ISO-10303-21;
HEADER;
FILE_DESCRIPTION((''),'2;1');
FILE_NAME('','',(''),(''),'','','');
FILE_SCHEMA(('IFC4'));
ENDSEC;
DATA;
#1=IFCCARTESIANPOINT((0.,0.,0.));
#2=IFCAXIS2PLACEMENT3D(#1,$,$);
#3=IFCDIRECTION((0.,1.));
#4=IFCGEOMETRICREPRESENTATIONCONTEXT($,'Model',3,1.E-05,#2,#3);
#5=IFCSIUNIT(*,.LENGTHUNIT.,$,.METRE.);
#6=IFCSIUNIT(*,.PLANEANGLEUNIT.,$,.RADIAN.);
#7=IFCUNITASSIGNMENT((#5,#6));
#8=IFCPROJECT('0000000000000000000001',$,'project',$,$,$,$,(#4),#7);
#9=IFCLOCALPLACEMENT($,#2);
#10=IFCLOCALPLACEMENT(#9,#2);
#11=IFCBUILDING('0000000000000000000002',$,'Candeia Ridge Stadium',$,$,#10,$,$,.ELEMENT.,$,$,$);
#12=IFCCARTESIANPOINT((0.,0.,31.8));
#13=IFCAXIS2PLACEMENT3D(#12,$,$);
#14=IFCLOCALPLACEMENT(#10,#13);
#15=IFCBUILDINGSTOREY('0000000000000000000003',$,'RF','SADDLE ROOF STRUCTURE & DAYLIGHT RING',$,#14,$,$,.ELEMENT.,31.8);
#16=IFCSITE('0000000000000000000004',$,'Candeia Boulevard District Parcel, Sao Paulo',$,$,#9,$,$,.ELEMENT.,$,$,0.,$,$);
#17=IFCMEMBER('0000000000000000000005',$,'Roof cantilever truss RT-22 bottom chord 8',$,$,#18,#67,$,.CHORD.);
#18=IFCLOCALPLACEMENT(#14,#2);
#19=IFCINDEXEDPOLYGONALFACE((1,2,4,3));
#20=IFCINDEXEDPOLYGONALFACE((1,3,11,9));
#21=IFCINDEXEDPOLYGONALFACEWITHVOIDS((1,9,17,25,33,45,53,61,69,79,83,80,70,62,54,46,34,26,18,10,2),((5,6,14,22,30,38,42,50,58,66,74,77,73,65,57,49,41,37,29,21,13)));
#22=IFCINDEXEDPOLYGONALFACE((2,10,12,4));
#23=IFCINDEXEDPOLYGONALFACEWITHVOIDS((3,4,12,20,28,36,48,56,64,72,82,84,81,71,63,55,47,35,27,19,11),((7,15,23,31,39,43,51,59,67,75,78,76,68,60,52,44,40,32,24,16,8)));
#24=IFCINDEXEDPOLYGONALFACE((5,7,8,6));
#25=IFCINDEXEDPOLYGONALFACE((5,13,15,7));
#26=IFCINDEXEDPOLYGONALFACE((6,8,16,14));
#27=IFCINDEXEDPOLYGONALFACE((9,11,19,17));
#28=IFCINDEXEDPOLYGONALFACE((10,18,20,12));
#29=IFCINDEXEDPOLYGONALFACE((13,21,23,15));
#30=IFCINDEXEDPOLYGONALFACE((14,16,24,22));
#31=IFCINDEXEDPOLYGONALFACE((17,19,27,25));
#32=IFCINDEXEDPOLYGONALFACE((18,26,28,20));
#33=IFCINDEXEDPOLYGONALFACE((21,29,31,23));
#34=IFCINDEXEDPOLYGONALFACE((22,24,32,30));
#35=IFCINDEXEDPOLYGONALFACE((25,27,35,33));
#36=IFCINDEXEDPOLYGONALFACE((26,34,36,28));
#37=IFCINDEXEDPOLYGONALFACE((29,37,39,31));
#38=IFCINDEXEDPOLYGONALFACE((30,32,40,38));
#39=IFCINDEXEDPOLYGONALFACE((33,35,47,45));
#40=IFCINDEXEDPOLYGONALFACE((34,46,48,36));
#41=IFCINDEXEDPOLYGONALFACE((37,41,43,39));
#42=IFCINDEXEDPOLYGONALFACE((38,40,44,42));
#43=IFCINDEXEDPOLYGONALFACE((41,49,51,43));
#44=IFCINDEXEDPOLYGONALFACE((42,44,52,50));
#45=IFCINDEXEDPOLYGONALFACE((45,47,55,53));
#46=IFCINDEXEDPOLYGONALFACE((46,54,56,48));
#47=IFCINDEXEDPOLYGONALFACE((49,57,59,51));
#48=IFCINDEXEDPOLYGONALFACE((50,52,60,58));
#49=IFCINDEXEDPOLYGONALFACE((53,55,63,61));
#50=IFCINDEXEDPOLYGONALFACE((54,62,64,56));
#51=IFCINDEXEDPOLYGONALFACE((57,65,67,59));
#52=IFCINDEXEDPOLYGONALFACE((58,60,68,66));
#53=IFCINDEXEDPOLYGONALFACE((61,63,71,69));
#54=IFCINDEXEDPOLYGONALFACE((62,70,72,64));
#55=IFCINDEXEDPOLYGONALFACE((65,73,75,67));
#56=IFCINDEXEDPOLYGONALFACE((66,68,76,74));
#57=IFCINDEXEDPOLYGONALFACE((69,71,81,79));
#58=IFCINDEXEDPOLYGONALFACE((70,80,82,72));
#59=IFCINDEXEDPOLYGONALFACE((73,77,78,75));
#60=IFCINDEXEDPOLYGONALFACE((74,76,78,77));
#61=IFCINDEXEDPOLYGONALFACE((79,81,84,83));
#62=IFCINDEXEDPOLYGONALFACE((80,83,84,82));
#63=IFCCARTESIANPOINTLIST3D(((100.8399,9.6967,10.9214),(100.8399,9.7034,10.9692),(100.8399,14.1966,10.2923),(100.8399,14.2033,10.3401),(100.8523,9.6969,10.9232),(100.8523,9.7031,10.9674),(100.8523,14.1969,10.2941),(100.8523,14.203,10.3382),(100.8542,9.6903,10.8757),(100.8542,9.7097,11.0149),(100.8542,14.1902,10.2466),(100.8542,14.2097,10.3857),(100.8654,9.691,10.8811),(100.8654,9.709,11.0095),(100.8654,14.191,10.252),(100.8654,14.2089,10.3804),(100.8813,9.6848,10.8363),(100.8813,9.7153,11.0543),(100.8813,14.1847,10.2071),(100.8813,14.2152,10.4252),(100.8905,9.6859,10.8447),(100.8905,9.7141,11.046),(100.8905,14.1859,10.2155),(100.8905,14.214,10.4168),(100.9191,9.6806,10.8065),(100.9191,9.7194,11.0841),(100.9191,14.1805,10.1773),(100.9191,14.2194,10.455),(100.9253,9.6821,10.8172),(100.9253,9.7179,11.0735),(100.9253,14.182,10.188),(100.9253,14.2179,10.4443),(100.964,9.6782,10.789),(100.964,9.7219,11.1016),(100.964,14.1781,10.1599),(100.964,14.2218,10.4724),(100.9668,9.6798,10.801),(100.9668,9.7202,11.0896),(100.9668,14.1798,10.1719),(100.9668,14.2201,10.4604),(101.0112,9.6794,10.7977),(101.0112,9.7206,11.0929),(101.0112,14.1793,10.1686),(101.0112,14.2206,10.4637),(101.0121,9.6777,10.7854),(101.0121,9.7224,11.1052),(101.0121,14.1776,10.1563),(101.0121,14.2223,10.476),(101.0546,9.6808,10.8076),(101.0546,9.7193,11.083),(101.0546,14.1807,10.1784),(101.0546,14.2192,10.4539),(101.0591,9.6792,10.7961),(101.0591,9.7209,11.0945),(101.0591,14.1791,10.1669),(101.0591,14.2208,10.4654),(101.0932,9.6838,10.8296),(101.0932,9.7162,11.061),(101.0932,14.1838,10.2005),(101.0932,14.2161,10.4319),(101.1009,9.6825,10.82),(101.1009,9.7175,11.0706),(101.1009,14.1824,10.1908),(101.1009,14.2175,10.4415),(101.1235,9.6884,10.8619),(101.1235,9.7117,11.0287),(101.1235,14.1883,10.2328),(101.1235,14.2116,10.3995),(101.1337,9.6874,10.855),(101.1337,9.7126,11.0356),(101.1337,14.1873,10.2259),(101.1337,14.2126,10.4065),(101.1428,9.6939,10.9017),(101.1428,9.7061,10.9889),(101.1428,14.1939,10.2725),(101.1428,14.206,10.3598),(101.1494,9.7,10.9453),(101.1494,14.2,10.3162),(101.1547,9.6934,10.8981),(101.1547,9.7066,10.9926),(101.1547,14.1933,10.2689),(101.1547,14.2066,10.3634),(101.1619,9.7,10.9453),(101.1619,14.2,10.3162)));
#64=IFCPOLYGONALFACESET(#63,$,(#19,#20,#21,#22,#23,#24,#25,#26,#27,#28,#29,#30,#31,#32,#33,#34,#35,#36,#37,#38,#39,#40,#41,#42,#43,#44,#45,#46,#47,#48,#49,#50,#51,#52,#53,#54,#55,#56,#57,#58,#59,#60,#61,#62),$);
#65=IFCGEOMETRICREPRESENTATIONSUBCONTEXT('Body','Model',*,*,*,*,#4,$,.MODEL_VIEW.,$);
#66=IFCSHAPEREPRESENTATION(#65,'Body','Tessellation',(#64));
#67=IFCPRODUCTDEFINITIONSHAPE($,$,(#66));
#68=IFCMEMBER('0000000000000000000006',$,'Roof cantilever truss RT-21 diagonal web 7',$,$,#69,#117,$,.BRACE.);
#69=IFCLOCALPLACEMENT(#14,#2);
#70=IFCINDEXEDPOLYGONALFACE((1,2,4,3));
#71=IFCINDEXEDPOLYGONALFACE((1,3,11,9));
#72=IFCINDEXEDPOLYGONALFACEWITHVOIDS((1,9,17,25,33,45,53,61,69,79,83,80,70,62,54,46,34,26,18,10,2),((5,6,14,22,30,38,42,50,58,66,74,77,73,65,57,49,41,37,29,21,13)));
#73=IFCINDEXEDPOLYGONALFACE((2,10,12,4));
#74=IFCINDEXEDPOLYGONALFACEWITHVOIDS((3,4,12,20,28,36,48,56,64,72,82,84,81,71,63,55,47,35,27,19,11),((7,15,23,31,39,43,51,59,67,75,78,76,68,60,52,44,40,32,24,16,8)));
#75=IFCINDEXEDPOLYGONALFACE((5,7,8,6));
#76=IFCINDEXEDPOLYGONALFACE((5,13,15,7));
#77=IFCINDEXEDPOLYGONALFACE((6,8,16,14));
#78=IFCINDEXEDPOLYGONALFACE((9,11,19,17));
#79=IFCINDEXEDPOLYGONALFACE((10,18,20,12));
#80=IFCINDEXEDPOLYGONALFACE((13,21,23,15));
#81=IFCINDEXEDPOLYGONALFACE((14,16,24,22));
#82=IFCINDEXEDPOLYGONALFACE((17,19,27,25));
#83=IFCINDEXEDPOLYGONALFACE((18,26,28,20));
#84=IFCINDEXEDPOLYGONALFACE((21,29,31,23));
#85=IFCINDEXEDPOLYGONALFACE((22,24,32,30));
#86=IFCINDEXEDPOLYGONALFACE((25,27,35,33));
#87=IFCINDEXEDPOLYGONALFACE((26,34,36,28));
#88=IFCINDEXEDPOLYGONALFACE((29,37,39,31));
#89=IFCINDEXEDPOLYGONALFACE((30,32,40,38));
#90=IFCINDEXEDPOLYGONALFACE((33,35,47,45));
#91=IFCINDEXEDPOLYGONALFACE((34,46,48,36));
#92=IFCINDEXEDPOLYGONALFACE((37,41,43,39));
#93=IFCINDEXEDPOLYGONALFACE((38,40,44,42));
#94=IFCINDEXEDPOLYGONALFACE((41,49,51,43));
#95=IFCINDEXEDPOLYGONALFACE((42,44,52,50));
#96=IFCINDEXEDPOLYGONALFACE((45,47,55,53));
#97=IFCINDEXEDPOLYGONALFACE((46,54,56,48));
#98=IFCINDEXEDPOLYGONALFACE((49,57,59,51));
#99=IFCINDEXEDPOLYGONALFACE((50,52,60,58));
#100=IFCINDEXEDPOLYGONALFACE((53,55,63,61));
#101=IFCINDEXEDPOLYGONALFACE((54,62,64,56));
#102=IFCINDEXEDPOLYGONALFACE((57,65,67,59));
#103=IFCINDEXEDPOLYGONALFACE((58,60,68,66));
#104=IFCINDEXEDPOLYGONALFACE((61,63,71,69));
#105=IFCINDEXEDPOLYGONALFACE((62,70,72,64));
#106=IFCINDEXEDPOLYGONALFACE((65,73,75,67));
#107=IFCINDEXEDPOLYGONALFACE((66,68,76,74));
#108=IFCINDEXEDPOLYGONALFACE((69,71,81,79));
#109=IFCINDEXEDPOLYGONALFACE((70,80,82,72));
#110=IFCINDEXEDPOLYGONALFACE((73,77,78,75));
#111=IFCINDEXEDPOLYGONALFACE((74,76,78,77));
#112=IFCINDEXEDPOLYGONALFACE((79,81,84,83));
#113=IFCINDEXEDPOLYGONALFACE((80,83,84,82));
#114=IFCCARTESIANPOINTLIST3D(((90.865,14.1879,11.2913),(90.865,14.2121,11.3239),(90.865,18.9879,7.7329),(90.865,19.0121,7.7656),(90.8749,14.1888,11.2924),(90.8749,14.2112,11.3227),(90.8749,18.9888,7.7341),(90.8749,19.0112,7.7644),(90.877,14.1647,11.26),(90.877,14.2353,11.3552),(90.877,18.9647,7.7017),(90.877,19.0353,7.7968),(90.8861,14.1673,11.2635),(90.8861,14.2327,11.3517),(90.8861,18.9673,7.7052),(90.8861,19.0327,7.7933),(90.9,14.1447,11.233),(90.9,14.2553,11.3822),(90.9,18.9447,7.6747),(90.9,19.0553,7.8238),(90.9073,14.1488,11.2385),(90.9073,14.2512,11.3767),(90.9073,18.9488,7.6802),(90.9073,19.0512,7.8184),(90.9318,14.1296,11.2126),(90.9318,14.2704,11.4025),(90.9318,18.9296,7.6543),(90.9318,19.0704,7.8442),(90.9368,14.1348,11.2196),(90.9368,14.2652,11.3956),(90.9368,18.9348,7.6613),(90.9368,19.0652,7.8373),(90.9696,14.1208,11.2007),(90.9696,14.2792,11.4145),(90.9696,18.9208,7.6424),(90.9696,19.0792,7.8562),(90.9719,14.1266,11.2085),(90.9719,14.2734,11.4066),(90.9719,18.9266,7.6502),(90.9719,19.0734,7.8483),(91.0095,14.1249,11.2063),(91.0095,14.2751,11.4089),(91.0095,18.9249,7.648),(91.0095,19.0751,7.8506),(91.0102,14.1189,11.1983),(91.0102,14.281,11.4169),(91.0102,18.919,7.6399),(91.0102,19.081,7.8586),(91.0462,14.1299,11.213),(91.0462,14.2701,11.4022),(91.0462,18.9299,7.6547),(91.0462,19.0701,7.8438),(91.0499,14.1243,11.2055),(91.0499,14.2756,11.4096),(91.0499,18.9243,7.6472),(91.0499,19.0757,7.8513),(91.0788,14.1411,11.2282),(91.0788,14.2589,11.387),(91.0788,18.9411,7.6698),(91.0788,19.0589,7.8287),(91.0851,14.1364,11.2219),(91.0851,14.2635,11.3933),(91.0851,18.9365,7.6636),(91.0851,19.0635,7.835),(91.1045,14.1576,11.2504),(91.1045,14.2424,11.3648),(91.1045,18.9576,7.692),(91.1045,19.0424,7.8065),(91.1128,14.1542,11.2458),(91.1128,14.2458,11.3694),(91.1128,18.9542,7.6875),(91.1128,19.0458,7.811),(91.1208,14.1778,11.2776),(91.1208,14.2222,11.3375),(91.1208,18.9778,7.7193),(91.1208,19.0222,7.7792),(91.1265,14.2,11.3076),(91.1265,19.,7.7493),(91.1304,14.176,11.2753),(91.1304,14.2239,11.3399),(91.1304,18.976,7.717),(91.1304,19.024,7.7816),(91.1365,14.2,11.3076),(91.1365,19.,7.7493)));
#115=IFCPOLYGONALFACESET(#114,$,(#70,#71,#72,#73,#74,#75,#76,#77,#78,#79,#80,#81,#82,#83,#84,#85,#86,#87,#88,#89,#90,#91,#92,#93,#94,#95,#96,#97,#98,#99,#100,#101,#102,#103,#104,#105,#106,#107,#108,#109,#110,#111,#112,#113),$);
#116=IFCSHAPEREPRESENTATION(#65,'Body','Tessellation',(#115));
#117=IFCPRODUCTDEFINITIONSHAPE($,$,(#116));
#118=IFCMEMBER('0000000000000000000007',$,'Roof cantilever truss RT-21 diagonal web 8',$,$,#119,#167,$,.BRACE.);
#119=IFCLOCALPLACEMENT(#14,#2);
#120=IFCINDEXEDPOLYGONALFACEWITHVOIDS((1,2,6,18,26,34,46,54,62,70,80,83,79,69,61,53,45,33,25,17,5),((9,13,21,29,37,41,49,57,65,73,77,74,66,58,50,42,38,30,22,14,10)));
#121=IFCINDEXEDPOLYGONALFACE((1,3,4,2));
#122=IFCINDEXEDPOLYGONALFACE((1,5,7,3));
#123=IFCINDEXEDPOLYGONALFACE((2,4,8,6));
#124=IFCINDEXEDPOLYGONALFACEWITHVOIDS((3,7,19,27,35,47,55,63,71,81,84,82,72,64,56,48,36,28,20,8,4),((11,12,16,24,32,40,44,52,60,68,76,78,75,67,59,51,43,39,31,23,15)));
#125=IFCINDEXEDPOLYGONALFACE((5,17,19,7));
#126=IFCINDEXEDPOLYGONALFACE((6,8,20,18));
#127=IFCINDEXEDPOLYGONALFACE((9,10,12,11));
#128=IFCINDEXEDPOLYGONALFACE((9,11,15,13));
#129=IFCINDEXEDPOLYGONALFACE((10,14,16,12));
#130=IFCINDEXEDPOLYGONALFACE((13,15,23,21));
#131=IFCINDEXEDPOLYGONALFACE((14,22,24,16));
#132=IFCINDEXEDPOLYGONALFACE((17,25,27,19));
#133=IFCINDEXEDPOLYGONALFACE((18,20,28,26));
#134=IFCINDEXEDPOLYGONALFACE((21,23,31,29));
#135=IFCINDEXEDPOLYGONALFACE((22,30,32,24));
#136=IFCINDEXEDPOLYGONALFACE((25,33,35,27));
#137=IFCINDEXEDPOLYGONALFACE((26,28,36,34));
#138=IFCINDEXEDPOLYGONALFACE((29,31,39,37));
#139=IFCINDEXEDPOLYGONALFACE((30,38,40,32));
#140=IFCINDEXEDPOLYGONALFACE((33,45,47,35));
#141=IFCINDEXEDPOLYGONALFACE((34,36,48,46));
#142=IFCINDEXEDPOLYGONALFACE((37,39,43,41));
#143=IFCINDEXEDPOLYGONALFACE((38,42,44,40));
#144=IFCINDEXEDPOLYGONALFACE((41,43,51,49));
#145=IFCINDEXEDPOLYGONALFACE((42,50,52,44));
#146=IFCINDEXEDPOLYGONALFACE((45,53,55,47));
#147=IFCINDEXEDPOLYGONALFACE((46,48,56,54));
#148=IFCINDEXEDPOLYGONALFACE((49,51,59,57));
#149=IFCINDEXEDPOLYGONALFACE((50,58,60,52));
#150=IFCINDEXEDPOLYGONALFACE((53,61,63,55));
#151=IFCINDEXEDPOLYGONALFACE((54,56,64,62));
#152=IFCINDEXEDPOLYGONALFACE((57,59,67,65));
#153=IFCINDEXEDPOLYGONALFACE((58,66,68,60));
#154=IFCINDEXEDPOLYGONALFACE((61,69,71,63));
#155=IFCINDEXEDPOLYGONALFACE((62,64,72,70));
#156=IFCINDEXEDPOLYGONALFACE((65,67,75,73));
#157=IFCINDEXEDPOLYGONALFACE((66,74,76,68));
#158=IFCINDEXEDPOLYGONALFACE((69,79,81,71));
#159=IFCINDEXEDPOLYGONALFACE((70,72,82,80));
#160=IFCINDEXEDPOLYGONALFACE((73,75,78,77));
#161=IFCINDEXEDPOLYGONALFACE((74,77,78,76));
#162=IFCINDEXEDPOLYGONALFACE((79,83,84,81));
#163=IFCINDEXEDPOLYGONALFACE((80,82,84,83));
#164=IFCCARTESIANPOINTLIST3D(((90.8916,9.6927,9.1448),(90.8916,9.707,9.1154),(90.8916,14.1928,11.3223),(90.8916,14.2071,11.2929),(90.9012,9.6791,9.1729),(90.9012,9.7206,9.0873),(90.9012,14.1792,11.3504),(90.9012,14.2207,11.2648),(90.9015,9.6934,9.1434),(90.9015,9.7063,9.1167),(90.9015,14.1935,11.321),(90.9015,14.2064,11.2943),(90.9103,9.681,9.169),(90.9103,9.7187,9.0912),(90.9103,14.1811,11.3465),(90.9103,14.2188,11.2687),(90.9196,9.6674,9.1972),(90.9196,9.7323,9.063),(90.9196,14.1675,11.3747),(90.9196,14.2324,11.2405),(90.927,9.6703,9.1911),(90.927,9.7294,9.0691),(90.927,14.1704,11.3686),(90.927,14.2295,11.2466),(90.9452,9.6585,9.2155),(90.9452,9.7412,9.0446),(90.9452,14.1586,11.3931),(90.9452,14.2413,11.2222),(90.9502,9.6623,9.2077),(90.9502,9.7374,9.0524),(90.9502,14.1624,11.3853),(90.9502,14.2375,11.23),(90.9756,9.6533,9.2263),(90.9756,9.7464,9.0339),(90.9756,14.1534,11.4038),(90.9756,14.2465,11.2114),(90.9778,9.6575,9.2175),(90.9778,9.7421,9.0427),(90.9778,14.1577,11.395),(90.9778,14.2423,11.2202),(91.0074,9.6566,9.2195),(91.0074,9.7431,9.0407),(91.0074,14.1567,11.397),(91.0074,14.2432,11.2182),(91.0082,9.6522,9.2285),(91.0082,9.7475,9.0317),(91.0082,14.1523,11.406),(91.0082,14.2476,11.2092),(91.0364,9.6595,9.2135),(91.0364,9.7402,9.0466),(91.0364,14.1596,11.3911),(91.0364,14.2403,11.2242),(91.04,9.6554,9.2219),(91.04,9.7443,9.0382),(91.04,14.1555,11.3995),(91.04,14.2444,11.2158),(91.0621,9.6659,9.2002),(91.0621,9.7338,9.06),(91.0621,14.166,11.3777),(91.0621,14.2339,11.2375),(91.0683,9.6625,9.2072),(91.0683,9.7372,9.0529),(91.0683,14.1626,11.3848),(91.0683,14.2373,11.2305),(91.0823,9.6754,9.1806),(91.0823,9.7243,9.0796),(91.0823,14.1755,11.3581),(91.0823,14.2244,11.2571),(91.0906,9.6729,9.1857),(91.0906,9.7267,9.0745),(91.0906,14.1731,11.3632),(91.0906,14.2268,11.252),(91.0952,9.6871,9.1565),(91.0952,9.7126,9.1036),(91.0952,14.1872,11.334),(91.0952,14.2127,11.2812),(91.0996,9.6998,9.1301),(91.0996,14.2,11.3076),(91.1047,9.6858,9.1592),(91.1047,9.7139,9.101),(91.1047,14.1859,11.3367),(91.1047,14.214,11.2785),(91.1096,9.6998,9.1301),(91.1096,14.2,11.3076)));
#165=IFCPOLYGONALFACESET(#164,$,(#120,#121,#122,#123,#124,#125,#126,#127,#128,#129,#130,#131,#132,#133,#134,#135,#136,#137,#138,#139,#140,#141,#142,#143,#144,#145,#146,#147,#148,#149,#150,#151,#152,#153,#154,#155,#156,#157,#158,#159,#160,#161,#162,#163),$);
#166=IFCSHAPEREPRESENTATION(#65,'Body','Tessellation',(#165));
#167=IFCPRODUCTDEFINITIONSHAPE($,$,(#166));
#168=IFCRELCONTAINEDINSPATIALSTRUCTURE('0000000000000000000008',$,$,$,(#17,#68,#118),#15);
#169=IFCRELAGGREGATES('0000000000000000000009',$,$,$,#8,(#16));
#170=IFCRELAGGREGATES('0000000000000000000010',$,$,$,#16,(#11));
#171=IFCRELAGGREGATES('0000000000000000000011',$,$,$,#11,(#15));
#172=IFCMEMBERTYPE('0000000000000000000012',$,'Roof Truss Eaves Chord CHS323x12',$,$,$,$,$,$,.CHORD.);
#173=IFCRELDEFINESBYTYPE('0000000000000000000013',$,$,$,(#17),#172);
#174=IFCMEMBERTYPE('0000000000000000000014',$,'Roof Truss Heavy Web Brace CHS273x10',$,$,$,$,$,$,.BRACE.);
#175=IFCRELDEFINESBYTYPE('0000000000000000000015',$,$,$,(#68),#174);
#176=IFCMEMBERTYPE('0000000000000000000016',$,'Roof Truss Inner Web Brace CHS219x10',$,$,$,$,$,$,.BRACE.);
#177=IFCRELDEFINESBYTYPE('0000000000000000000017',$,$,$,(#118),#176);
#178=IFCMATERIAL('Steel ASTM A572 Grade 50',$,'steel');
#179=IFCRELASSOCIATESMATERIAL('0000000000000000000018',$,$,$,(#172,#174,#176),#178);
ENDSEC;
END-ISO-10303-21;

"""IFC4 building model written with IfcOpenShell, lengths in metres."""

from ifc_helpers import new_model, si_unit, direction, frame, origin, origin_2d, place, context, subcontext, project, spatial, hollow_circle, extrude, material, material_profile, profile_set, type_object, element, save


model = new_model("IFC4")

# Units and contexts
model_context = context("Model", 3, precision=1e-05, world=origin(), true_north=direction((0.0, 1.0)))
body_context = subcontext(model_context, "Body", "Model", "MODEL_VIEW")
ifc_project = project(units=[si_unit("LENGTHUNIT", "METRE"), si_unit("PLANEANGLEUNIT", "RADIAN")], contexts=[model_context])

# Site, building, storey
site_placement = place(None, origin())
site = spatial("IfcSite", under=ifc_project, at=site_placement, Name="Candeia Boulevard District Parcel, Sao Paulo", CompositionType="ELEMENT", RefElevation=0.0)
building_placement = place(site_placement, origin())
building = spatial("IfcBuilding", under=site, at=building_placement, Name="Candeia Ridge Stadium", CompositionType="ELEMENT")
storey_placement = place(building_placement, frame((0.0, 0.0, 31.8)))
storey = spatial("IfcBuildingStorey", under=building, at=storey_placement, Name="RF", Description="SADDLE ROOF STRUCTURE & DAYLIGHT RING", CompositionType="ELEMENT", Elevation=31.8)

# Shared definitions
ifc_material_1 = material(Name="Steel ASTM A572 Grade 50", Category="steel")

# Members
ifc_material_profile_1 = material_profile(ifc_material_1, hollow_circle(Radius=0.1619, WallThickness=0.0125, at=origin_2d()), Name="CHS323x12", Category="steel")
ifc_profile_set_1 = profile_set([ifc_material_profile_1], Name="Steel ASTM A572 Grade 50")
member_type_1 = type_object("IfcMemberType", Name="Roof Truss Eaves Chord CHS323x12", PredefinedType="CHORD", material=ifc_profile_set_1)
member_1_placement = place(storey_placement, frame((101.0, 14.2, 10.3162), z_axis=(0.0, -0.990367, 0.138464), x_axis=(1.0, 0.0, 0.0)))
element("IfcMember", 1, at=member_1_placement, inside=storey, type_object=member_type_1, Name="Roof cantilever truss RT-22 bottom chord 8", PredefinedType="CHORD", context=body_context, shape_type="SweptSolid", body=[
    extrude(hollow_circle(Radius=0.1619, WallThickness=0.0125, at=origin_2d()), origin(), (0.0, 0.0, 1.0), 4.5437),
])
ifc_material_profile_2 = material_profile(ifc_material_1, hollow_circle(Radius=0.1365, WallThickness=0.01, at=origin_2d()), Name="CHS273x10", Category="steel")
ifc_profile_set_2 = profile_set([ifc_material_profile_2], Name="Steel ASTM A572 Grade 50")
member_type_2 = type_object("IfcMemberType", Name="Roof Truss Heavy Web Brace CHS273x10", PredefinedType="BRACE", material=ifc_profile_set_2)
member_2_placement = place(storey_placement, frame((91.0, 19.0, 7.7493), z_axis=(0.0, -0.803336, 0.595526), x_axis=(1.0, 0.0, 0.0)))
element("IfcMember", 2, at=member_2_placement, inside=storey, type_object=member_type_2, Name="Roof cantilever truss RT-21 diagonal web 7", PredefinedType="BRACE", context=body_context, shape_type="SweptSolid", body=[
    extrude(hollow_circle(Radius=0.1365, WallThickness=0.01, at=origin_2d()), origin(), (0.0, 0.0, 1.0), 5.9751),
])
ifc_material_profile_3 = material_profile(ifc_material_1, hollow_circle(Radius=0.1096, WallThickness=0.01, at=origin_2d()), Name="CHS219x10", Category="steel")
ifc_profile_set_3 = profile_set([ifc_material_profile_3], Name="Steel ASTM A572 Grade 50")
member_type_3 = type_object("IfcMemberType", Name="Roof Truss Inner Web Brace CHS219x10", PredefinedType="BRACE", material=ifc_profile_set_3)
member_3_placement = place(storey_placement, frame((91.0, 14.2, 11.3076), z_axis=(0.0, -0.900154, -0.435572), x_axis=(1.0, 0.0, 0.0)))
element("IfcMember", 3, at=member_3_placement, inside=storey, type_object=member_type_3, Name="Roof cantilever truss RT-21 diagonal web 8", PredefinedType="BRACE", context=body_context, shape_type="SweptSolid", body=[
    extrude(hollow_circle(Radius=0.1096, WallThickness=0.01, at=origin_2d()), origin(), (0.0, 0.0, 1.0), 4.9993),
])

save(model, "model.ifc")
